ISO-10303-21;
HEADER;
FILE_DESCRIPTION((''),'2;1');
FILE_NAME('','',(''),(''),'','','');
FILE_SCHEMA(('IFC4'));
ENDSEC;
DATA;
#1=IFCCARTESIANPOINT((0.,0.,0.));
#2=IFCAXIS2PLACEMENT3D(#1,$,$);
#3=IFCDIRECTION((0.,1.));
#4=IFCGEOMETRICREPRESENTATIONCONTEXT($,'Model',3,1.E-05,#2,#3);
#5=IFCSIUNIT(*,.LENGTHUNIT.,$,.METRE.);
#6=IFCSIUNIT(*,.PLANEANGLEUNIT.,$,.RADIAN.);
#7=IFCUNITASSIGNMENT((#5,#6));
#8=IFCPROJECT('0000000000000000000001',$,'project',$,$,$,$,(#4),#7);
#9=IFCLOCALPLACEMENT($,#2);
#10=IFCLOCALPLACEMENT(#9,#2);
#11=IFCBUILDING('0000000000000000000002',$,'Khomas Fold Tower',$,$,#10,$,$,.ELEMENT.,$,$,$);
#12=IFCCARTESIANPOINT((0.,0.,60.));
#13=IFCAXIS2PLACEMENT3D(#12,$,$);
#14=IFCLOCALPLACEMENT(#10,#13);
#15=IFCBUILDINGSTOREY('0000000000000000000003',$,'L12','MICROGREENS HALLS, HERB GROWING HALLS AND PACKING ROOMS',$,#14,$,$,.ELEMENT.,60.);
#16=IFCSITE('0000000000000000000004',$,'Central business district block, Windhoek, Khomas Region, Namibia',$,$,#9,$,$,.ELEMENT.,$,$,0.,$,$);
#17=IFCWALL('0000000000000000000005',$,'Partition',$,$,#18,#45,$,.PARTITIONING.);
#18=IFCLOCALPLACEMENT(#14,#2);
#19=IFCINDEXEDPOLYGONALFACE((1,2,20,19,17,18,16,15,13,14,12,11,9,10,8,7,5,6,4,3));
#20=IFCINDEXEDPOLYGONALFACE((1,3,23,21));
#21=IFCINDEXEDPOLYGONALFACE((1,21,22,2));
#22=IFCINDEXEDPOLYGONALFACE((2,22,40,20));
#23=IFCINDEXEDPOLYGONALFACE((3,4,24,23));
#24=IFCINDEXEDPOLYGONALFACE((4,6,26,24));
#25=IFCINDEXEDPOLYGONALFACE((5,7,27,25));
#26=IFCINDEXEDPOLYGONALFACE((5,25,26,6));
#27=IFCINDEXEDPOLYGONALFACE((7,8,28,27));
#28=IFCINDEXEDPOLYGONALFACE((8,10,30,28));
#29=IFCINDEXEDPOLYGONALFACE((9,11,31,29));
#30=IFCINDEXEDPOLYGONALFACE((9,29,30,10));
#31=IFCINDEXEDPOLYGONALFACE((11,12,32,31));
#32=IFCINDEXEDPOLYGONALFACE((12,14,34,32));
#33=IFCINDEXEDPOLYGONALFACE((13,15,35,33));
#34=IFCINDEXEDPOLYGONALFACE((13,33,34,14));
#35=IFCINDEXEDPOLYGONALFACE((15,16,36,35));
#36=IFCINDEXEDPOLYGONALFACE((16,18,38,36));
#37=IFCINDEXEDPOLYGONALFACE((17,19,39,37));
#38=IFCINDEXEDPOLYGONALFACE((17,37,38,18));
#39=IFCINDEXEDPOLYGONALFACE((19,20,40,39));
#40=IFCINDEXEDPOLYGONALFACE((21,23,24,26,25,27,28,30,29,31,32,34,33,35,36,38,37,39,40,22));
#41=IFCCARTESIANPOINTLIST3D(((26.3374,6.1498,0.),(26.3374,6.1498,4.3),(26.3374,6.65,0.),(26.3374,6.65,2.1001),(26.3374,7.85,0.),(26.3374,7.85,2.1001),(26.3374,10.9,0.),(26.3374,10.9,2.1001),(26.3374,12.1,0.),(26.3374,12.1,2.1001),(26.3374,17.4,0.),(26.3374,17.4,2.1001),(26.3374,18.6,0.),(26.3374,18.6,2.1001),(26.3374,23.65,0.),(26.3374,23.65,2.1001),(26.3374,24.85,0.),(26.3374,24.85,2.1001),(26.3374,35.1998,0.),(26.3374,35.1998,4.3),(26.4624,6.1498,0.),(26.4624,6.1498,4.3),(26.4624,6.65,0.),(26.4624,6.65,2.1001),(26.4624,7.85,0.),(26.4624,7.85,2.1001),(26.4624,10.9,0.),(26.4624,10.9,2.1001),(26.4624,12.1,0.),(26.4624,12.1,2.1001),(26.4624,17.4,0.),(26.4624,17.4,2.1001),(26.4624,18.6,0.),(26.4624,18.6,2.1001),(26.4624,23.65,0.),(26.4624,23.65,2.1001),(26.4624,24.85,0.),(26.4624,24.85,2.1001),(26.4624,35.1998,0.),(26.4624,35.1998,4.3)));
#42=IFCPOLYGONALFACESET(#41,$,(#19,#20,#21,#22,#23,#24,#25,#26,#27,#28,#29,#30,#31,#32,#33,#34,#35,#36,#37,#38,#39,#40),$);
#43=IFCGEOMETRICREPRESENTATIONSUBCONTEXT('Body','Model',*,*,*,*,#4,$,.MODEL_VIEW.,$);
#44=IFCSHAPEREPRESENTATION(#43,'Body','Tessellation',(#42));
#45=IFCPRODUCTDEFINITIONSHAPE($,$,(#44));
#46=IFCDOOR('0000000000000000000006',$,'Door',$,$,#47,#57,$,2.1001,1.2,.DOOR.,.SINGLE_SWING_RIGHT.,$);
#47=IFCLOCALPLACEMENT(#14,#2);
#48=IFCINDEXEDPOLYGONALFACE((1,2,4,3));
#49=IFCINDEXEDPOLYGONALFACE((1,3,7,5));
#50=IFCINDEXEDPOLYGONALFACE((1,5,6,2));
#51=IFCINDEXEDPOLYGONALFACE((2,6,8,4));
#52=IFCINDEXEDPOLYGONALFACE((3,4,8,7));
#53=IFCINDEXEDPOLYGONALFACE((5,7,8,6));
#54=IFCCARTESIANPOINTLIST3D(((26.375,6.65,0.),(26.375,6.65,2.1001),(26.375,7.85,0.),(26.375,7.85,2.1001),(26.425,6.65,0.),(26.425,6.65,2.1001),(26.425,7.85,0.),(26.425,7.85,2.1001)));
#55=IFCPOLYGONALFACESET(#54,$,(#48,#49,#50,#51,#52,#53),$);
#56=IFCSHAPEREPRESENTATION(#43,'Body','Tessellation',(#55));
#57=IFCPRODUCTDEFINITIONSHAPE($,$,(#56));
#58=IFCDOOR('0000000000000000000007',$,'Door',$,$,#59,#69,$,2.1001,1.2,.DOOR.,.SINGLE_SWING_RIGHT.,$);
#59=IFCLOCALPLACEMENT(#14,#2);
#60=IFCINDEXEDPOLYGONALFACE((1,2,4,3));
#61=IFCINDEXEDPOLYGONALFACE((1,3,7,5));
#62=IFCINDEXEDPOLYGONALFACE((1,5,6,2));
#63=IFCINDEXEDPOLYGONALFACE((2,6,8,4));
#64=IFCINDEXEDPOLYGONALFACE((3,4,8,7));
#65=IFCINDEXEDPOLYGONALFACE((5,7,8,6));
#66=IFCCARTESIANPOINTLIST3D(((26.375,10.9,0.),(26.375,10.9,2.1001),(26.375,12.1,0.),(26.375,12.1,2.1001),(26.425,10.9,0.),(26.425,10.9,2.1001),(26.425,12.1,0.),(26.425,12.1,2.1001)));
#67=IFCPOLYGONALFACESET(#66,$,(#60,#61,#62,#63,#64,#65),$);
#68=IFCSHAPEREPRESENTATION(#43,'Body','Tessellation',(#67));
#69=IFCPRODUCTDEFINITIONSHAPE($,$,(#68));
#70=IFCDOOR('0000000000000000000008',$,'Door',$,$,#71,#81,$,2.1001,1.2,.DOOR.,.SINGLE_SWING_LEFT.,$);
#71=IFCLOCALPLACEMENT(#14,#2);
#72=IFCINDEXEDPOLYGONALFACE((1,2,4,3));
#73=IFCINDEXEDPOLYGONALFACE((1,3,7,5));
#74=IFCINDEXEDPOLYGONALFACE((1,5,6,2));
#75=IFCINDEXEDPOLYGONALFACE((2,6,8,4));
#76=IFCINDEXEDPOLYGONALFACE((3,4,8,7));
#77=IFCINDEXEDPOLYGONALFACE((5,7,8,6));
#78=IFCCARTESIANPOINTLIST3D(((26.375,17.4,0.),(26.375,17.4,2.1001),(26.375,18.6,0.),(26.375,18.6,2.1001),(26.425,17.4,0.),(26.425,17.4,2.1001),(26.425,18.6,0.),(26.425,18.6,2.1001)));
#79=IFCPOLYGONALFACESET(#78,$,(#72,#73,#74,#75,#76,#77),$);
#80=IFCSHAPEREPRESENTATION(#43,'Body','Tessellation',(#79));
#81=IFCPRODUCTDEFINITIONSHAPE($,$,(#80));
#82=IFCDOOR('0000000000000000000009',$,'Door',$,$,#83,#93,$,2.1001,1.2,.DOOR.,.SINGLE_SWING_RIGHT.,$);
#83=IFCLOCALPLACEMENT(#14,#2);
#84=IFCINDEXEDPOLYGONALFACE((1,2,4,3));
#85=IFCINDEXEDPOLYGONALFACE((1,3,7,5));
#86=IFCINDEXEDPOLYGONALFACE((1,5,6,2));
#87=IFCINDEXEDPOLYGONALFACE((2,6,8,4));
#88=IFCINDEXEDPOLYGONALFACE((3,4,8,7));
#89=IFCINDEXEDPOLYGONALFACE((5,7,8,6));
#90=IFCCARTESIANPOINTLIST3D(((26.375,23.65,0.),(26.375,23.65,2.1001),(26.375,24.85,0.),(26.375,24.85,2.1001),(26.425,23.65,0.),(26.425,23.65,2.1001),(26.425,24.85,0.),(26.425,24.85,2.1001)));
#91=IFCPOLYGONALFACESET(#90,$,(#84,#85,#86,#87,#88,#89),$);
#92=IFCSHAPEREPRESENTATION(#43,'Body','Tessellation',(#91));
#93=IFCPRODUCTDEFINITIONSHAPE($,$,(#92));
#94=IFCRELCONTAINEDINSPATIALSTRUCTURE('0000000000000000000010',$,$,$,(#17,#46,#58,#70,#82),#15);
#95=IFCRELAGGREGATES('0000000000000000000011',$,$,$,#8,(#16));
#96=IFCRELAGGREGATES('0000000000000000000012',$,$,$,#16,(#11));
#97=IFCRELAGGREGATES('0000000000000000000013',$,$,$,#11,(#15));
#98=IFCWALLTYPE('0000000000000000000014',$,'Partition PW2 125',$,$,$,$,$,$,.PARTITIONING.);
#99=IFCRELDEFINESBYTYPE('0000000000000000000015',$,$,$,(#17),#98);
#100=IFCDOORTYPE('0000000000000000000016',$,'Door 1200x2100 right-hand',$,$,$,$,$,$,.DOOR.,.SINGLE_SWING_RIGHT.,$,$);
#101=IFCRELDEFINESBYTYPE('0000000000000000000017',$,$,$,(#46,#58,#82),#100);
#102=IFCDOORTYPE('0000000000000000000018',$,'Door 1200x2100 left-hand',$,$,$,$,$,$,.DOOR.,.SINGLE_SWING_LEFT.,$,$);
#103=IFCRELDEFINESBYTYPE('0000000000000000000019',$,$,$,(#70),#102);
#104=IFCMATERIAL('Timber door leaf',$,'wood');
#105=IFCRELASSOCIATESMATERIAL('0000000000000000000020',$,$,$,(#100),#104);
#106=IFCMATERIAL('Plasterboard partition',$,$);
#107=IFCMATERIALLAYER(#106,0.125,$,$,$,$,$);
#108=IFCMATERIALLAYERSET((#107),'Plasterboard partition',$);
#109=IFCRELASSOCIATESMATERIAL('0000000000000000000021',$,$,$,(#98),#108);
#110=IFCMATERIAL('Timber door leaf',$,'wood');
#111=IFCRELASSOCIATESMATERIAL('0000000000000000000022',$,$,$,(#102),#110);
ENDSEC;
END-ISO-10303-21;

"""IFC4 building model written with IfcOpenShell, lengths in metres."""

from ifc_helpers import new_model, si_unit, direction, frame, frame_2d, origin, place, context, subcontext, project, spatial, rectangle, extrude, source, transform, mapped, material, layer, layer_set, type_object, element, fill, save


model = new_model("IFC4")

# Units and contexts
model_context = context("Model", 3, precision=1e-05, world=origin(), true_north=direction((0.0, 1.0)))
body_context = subcontext(model_context, "Body", "Model", "MODEL_VIEW")
ifc_project = project(units=[si_unit("LENGTHUNIT", "METRE"), si_unit("PLANEANGLEUNIT", "RADIAN")], contexts=[model_context])

# Site, building, storey
site_placement = place(None, origin())
site = spatial("IfcSite", under=ifc_project, at=site_placement, Name="Central business district block, Windhoek, Khomas Region, Namibia", CompositionType="ELEMENT", RefElevation=0.0)
building_placement = place(site_placement, origin())
building = spatial("IfcBuilding", under=site, at=building_placement, Name="Khomas Fold Tower", CompositionType="ELEMENT")
storey_placement = place(building_placement, frame((0.0, 0.0, 60.0)))
storey = spatial("IfcBuildingStorey", under=building, at=storey_placement, Name="L12", Description="MICROGREENS HALLS, HERB GROWING HALLS AND PACKING ROOMS", CompositionType="ELEMENT", Elevation=60.0)

# Shared definitions
ifc_material_1 = material(Name="Timber door leaf", Category="wood")
door_type_1 = type_object("IfcDoorType", Name="Door 1200x2100 right-hand", OperationType="SINGLE_SWING_RIGHT", PredefinedType="DOOR", material=ifc_material_1)

# Wall, openings, doors
ifc_material_2 = material(Name="Plasterboard partition")
ifc_layer_1 = layer(ifc_material_2, 0.125)
ifc_layer_set_1 = layer_set([ifc_layer_1], Name="Plasterboard partition")
wall_type_1 = type_object("IfcWallType", Name="Partition PW2 125", PredefinedType="PARTITIONING", material=ifc_layer_set_1)
shared_shape_1 = source(origin(), body_context, "Body", "SweptSolid", [
    extrude(rectangle(XDim=29.05, YDim=0.125, at=frame_2d((14.5249, 0.0))), origin(), (0.0, 0.0, 1.0), 4.3),
])
wall_1_placement = place(storey_placement, frame((26.3999, 6.1499, 0.0), z_axis=(0.0, 0.0, 1.0), x_axis=(0.0, 1.0, 0.0)))
wall_1 = element("IfcWall", 1, at=wall_1_placement, inside=storey, type_object=wall_type_1, Name="Partition", PredefinedType="PARTITIONING", context=body_context, shape_type="MappedRepresentation", body=[
    mapped(shared_shape_1, transform((0.0, 0.0, 0.0))),
])
shared_shape_2 = source(origin(), body_context, "Body", "SweptSolid", [
    extrude(rectangle(XDim=1.2, YDim=2.1001, at=frame_2d((0.6001, 1.05))), frame((0.0, 0.0725, 0.0), z_axis=(0.0, -1.0, 0.0), x_axis=(1.0, 0.0, 0.0)), (0.0, 0.0, 1.0), 0.145),
])
opening_1_placement = place(wall_1_placement, frame((0.5, 0.0, 0.0)))
opening_1 = element("IfcOpeningElement", 2, at=opening_1_placement, cuts=wall_1, PredefinedType="OPENING", context=body_context, shape_type="MappedRepresentation", body=[
    mapped(shared_shape_2, transform((0.0, 0.0, 0.0))),
])
opening_2_placement = place(wall_1_placement, frame((4.75, 0.0, 0.0)))
opening_2 = element("IfcOpeningElement", 3, at=opening_2_placement, cuts=wall_1, PredefinedType="OPENING", context=body_context, shape_type="MappedRepresentation", body=[
    mapped(shared_shape_2, transform((0.0, 0.0, 0.0))),
])
opening_3_placement = place(wall_1_placement, frame((11.25, 0.0, 0.0)))
opening_3 = element("IfcOpeningElement", 4, at=opening_3_placement, cuts=wall_1, PredefinedType="OPENING", context=body_context, shape_type="MappedRepresentation", body=[
    mapped(shared_shape_2, transform((0.0, 0.0, 0.0))),
])
opening_4_placement = place(wall_1_placement, frame((17.5, 0.0, 0.0)))
opening_4 = element("IfcOpeningElement", 5, at=opening_4_placement, cuts=wall_1, PredefinedType="OPENING", context=body_context, shape_type="MappedRepresentation", body=[
    mapped(shared_shape_2, transform((0.0, 0.0, 0.0))),
])
shared_shape_3 = source(origin(), body_context, "Body", "SweptSolid", [
    extrude(rectangle(XDim=1.2, YDim=2.1001, at=frame_2d((0.6001, 1.05))), frame((0.0, 0.0249, 0.0), z_axis=(0.0, -1.0, 0.0), x_axis=(1.0, 0.0, 0.0)), (0.0, 0.0, 1.0), 0.05),
])
door_1_placement = place(opening_1_placement, origin())
door_1 = element("IfcDoor", 6, at=door_1_placement, inside=storey, type_object=door_type_1, Name="Door", OperationType="SINGLE_SWING_RIGHT", OverallHeight=2.1001, OverallWidth=1.2, PredefinedType="DOOR", context=body_context, shape_type="MappedRepresentation", body=[
    mapped(shared_shape_3, transform((0.0, 0.0, 0.0))),
])
fill(opening_1, door_1)
door_2_placement = place(opening_2_placement, origin())
door_2 = element("IfcDoor", 7, at=door_2_placement, inside=storey, type_object=door_type_1, Name="Door", OperationType="SINGLE_SWING_RIGHT", OverallHeight=2.1001, OverallWidth=1.2, PredefinedType="DOOR", context=body_context, shape_type="MappedRepresentation", body=[
    mapped(shared_shape_3, transform((0.0, 0.0, 0.0))),
])
fill(opening_2, door_2)
ifc_material_3 = material(Name="Timber door leaf", Category="wood")
door_type_2 = type_object("IfcDoorType", Name="Door 1200x2100 left-hand", OperationType="SINGLE_SWING_LEFT", PredefinedType="DOOR", material=ifc_material_3)
door_3_placement = place(opening_3_placement, origin())
door_3 = element("IfcDoor", 8, at=door_3_placement, inside=storey, type_object=door_type_2, Name="Door", OperationType="SINGLE_SWING_LEFT", OverallHeight=2.1001, OverallWidth=1.2, PredefinedType="DOOR", context=body_context, shape_type="MappedRepresentation", body=[
    mapped(shared_shape_3, transform((0.0, 0.0, 0.0))),
])
fill(opening_3, door_3)
door_4_placement = place(opening_4_placement, origin())
door_4 = element("IfcDoor", 9, at=door_4_placement, inside=storey, type_object=door_type_1, Name="Door", OperationType="SINGLE_SWING_RIGHT", OverallHeight=2.1001, OverallWidth=1.2, PredefinedType="DOOR", context=body_context, shape_type="MappedRepresentation", body=[
    mapped(shared_shape_3, transform((0.0, 0.0, 0.0))),
])
fill(opening_4, door_4)

save(model, "model.ifc")
